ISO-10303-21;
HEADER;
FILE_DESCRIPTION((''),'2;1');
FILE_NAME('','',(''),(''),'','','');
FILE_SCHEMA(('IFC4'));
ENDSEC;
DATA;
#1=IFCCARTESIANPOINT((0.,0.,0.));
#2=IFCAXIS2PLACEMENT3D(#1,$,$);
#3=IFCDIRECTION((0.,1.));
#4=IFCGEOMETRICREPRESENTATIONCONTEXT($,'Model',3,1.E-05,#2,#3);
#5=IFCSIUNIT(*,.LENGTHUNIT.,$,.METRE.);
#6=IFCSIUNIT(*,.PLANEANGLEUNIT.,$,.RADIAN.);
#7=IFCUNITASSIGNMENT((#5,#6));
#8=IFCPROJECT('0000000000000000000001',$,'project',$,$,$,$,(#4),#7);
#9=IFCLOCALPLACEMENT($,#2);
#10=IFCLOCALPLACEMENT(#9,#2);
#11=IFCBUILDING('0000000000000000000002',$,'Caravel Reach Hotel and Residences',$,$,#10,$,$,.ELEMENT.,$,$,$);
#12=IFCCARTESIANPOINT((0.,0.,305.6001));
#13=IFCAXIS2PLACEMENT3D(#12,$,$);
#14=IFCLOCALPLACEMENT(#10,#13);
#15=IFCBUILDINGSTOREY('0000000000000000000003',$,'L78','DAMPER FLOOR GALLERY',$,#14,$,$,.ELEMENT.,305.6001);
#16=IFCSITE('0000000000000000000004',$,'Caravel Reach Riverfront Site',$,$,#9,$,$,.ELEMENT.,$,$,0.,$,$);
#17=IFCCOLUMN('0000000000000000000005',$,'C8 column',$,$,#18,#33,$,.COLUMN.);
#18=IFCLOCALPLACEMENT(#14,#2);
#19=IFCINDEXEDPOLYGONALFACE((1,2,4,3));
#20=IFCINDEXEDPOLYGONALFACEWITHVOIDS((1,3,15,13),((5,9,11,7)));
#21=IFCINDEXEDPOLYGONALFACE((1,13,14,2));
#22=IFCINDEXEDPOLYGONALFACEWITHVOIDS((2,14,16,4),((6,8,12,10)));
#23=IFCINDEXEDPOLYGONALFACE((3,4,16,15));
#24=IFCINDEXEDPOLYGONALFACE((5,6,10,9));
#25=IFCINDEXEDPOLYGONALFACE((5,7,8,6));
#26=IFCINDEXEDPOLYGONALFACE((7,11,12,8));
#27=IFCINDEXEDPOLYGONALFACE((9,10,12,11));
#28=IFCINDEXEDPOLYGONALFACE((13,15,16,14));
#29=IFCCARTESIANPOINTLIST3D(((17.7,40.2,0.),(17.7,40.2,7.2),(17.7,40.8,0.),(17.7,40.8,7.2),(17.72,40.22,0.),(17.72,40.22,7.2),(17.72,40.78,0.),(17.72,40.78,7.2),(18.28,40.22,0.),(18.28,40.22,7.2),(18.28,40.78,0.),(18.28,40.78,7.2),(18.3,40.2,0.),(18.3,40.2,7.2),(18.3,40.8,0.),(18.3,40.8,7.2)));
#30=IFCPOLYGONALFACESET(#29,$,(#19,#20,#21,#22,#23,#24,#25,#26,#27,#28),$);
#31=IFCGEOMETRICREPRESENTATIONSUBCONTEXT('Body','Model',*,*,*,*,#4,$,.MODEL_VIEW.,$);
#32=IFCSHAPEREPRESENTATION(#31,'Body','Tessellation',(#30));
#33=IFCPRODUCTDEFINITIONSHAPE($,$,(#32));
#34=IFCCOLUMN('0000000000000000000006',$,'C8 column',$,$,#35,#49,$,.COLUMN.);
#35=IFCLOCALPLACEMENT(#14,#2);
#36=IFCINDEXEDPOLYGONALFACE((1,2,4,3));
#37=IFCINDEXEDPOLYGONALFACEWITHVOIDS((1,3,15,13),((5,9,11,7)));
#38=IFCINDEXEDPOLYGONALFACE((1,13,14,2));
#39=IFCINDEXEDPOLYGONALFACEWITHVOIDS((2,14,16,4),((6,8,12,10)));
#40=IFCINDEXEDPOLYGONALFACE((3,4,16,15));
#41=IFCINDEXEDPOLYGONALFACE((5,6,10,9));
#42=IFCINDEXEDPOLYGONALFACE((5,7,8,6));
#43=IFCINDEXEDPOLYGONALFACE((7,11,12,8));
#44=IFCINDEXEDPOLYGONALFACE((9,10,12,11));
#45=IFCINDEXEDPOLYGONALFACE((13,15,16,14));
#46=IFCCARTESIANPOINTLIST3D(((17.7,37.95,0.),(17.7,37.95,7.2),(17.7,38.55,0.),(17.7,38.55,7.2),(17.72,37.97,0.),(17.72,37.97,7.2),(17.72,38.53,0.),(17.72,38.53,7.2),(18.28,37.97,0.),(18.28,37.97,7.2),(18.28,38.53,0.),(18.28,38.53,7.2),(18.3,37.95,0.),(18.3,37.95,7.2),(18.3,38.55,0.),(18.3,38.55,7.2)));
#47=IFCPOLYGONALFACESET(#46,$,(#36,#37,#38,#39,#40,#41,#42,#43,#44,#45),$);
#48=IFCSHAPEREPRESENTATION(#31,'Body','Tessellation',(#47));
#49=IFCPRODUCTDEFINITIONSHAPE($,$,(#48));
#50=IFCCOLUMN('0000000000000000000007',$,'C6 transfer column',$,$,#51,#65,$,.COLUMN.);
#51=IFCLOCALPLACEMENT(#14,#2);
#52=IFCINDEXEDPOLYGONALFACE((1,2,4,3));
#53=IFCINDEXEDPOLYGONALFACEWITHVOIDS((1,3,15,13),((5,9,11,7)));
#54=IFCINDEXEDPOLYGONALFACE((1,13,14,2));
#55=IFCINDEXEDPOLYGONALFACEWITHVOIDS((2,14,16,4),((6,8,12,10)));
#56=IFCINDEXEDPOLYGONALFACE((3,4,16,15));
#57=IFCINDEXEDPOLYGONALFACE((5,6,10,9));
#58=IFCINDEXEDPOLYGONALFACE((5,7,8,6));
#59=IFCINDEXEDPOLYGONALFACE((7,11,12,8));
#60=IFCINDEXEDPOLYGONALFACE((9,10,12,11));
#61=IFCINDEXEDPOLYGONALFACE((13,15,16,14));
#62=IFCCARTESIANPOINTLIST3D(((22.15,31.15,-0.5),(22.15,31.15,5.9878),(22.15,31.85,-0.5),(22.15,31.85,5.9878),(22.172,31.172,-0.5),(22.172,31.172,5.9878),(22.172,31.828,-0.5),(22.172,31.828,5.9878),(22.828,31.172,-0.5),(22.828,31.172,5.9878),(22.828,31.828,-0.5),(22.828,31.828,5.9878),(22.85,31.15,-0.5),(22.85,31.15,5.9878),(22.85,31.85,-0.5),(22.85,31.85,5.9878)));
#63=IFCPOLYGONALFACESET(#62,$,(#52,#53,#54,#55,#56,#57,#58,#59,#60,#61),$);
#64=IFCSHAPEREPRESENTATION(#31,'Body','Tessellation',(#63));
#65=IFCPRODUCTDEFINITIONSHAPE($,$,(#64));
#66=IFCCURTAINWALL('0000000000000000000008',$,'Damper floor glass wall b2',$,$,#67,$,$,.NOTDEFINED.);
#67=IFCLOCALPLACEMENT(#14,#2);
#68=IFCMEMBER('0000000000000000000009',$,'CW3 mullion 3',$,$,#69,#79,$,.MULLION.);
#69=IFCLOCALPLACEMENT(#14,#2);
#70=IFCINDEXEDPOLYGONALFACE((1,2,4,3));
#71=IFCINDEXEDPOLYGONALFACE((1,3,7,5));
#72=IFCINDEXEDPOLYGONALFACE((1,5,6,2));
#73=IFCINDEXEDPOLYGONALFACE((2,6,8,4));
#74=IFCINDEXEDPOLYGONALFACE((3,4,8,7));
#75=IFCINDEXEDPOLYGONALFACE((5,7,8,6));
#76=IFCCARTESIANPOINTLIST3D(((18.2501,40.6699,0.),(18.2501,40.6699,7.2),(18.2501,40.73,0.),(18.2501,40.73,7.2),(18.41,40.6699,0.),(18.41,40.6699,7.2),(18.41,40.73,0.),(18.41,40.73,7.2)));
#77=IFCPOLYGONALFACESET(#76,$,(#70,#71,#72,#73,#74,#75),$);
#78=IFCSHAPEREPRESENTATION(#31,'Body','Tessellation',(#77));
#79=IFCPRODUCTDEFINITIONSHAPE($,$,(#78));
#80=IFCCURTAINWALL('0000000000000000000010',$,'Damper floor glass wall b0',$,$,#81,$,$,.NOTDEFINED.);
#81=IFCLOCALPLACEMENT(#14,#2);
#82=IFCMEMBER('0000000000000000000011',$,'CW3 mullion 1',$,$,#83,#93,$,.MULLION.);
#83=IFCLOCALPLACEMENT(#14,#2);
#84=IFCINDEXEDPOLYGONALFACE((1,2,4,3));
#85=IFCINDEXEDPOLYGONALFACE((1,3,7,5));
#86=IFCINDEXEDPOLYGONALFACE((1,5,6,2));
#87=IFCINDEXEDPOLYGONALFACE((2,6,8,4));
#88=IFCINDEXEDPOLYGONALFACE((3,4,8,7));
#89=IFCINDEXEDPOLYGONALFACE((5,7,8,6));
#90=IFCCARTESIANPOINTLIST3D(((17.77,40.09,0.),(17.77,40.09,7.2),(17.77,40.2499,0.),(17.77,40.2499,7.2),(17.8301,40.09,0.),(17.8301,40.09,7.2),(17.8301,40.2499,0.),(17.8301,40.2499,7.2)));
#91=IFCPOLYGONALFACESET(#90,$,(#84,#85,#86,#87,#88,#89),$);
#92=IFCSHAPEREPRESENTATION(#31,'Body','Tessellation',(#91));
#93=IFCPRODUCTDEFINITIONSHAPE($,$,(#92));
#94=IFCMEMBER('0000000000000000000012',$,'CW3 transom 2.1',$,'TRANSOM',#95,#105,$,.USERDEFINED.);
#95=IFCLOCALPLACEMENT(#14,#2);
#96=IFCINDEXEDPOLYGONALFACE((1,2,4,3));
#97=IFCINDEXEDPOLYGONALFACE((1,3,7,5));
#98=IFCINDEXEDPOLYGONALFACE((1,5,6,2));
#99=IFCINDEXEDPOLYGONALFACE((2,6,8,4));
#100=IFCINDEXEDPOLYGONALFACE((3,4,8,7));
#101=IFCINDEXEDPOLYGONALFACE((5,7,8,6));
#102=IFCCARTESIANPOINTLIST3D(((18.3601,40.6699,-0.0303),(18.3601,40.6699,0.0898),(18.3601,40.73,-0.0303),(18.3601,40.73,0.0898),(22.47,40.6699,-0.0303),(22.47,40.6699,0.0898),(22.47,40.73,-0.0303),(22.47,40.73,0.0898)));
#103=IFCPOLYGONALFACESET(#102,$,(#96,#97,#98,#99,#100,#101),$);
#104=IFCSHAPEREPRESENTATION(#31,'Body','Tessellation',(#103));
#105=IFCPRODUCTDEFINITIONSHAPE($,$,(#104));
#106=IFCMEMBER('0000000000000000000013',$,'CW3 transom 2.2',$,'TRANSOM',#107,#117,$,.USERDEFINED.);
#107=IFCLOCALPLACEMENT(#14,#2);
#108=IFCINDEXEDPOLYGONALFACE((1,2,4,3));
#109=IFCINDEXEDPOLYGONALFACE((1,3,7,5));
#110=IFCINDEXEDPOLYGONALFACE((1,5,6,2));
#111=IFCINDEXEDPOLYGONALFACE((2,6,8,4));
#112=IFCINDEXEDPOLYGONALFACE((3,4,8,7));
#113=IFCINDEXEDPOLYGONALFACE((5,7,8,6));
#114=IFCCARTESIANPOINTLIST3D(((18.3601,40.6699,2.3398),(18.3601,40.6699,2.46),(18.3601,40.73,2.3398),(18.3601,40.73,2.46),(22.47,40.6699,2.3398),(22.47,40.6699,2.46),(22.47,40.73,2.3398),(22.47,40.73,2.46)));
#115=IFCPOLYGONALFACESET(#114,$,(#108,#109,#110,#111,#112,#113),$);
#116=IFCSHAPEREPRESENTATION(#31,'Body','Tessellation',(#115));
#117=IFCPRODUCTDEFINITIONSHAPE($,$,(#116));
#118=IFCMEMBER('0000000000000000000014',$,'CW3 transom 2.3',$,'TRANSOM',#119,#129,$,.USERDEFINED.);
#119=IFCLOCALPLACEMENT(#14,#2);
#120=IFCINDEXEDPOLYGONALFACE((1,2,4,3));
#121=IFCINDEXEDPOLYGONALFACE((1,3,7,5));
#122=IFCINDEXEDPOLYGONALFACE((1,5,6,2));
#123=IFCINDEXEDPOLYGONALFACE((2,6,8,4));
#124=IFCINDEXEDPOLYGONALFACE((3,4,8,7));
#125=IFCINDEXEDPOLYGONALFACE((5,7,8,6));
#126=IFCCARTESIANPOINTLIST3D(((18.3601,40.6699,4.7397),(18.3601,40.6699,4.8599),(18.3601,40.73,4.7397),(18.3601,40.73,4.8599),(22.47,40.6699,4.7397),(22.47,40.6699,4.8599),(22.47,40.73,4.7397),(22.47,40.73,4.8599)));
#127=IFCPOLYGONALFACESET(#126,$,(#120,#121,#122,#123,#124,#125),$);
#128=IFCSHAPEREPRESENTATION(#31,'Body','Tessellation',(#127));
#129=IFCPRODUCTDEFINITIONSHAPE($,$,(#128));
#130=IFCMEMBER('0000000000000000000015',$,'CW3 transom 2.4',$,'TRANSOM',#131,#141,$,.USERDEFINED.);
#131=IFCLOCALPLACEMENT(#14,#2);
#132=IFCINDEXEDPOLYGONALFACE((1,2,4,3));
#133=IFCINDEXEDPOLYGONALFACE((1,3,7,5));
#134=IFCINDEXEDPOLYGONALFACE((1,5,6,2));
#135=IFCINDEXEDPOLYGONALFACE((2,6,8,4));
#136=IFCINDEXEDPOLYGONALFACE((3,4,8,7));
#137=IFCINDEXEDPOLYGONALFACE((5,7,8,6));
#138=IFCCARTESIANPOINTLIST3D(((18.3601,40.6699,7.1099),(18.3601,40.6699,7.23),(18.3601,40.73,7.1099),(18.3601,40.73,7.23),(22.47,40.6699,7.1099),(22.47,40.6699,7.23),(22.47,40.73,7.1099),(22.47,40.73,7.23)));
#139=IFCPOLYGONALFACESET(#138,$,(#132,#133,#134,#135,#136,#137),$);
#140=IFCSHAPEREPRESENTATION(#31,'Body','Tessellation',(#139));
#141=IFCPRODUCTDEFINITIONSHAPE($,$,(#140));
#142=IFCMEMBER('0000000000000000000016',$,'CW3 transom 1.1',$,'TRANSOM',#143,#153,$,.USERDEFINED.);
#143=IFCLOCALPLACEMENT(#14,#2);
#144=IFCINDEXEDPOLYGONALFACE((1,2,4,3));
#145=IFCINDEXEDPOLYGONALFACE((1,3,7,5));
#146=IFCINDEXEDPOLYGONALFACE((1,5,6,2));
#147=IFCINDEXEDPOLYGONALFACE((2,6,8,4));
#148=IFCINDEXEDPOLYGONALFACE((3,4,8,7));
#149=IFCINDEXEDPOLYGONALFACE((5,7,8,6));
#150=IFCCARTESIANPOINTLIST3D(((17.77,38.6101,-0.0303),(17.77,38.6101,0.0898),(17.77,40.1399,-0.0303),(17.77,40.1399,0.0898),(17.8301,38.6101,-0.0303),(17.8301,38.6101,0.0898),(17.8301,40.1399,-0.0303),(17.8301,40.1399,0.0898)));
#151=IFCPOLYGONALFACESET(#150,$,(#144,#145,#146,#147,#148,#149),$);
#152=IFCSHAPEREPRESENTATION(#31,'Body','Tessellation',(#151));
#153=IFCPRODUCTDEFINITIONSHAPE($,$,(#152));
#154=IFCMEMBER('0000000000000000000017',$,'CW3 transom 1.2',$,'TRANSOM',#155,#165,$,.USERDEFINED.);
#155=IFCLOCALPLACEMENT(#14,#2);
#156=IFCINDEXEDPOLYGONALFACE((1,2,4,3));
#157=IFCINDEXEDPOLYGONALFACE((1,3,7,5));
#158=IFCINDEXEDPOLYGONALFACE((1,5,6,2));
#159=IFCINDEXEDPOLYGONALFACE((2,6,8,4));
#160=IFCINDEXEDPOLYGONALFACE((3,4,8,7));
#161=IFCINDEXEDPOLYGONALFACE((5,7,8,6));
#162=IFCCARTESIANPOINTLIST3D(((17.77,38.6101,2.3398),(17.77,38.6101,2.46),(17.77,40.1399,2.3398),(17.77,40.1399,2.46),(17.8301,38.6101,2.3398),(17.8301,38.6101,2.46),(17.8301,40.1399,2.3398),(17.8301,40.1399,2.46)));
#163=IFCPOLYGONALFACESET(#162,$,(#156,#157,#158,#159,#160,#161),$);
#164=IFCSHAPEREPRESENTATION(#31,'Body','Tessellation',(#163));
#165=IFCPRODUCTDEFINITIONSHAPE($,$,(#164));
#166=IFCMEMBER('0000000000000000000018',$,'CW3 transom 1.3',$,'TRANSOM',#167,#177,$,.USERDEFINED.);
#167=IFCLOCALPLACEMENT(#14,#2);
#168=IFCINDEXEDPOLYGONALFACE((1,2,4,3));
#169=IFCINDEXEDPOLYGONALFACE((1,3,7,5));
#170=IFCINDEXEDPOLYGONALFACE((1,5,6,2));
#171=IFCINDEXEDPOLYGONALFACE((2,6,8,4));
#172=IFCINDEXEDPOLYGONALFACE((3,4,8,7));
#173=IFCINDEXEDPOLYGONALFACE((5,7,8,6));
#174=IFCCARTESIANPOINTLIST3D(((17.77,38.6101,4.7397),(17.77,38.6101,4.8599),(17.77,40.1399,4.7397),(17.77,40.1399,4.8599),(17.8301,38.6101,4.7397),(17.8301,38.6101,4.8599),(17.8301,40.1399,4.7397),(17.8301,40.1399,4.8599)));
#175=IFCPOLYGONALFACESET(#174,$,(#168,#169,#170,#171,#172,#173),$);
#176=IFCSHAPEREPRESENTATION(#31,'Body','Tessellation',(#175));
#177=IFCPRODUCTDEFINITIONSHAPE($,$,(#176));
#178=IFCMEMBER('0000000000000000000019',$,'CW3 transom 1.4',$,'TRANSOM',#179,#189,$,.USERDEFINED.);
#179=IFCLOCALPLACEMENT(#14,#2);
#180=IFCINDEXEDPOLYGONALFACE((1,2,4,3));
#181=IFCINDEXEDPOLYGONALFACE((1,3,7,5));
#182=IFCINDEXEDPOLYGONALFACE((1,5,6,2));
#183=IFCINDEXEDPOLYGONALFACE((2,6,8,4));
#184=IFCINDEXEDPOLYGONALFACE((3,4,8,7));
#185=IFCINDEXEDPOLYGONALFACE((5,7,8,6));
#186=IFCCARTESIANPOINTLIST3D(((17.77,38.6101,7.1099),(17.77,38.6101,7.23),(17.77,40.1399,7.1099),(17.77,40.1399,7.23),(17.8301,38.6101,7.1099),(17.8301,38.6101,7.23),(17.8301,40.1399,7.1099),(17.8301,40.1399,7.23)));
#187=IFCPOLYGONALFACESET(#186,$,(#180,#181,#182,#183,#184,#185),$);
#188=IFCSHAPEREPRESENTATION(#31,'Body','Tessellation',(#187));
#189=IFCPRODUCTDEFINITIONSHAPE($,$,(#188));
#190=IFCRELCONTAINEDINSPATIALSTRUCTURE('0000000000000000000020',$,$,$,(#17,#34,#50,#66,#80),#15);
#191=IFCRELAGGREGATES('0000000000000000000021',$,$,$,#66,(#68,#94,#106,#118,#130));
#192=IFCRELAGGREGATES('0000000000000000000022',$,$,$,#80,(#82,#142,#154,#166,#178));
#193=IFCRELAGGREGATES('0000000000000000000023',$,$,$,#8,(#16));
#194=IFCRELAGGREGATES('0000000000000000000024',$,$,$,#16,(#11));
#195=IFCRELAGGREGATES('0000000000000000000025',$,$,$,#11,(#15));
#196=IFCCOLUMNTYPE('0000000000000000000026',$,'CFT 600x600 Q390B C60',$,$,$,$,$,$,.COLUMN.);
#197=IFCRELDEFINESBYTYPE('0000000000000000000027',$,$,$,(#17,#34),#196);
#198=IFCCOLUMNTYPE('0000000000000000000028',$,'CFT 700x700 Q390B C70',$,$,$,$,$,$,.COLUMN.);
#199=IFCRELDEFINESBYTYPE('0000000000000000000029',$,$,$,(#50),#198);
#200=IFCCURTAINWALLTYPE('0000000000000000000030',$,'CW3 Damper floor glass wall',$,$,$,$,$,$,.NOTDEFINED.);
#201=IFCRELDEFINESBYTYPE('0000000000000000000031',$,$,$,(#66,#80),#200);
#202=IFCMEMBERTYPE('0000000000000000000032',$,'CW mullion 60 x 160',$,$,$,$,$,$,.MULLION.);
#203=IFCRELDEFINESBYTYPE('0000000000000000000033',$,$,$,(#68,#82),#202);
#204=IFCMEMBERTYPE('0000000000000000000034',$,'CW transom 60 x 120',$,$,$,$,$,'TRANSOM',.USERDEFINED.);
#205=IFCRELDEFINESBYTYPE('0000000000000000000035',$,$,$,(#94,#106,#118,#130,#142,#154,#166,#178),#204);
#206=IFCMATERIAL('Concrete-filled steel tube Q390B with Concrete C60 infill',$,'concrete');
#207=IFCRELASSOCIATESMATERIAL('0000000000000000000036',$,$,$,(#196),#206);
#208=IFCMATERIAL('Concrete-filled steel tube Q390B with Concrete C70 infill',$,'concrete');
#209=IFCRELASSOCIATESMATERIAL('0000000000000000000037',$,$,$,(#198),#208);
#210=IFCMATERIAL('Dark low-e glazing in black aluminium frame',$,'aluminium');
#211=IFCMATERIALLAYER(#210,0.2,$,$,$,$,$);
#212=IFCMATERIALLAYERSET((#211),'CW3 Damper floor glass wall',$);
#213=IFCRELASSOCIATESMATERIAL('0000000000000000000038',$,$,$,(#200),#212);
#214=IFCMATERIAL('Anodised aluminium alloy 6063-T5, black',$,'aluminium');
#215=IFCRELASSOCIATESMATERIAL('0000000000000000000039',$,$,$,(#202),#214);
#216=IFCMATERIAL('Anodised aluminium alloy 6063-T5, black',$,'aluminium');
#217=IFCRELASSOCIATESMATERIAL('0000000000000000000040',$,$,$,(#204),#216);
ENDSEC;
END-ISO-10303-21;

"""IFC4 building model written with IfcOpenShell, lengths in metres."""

from ifc_helpers import new_model, si_unit, direction, frame, origin, origin_2d, place, context, subcontext, project, spatial, rectangle, hollow_rectangle, extrude, material, layer, layer_set, material_profile, profile_set, type_object, element, aggregate, save


model = new_model("IFC4")

# Units and contexts
model_context = context("Model", 3, precision=1e-05, world=origin(), true_north=direction((0.0, 1.0)))
body_context = subcontext(model_context, "Body", "Model", "MODEL_VIEW")
ifc_project = project(units=[si_unit("LENGTHUNIT", "METRE"), si_unit("PLANEANGLEUNIT", "RADIAN")], contexts=[model_context])

# Site, building, storey
site_placement = place(None, origin())
site = spatial("IfcSite", under=ifc_project, at=site_placement, Name="Caravel Reach Riverfront Site", CompositionType="ELEMENT", RefElevation=0.0)
building_placement = place(site_placement, origin())
building = spatial("IfcBuilding", under=site, at=building_placement, Name="Caravel Reach Hotel and Residences", CompositionType="ELEMENT")
storey_placement = place(building_placement, frame((0.0, 0.0, 305.6001)))
storey = spatial("IfcBuildingStorey", under=building, at=storey_placement, Name="L78", Description="DAMPER FLOOR GALLERY", CompositionType="ELEMENT", Elevation=305.6001)

# Columns
ifc_material_1 = material(Name="Concrete-filled steel tube Q390B with Concrete C60 infill", Category="concrete")
ifc_material_profile_1 = material_profile(ifc_material_1, hollow_rectangle(XDim=0.6001, YDim=0.6001, WallThickness=0.02, at=origin_2d()), Name="RHS 600x600x20")
ifc_profile_set_1 = profile_set([ifc_material_profile_1], Name="Concrete-filled steel tube Q390B with Concrete C60 infill")
column_type_1 = type_object("IfcColumnType", Name="CFT 600x600 Q390B C60", PredefinedType="COLUMN", material=ifc_profile_set_1)
for number, where, z_axis, x_axis, name in (
    (1, (18.0, 40.5, 0.0), (0.0, 0.0, 1.0), (1.0, 0.0, 0.0), "C8 column"),
    (2, (18.0, 38.25, 0.0), (0.0, 0.0, 1.0), (1.0, 0.0, 0.0), "C8 column"),
):
    element("IfcColumn", number, at=place(storey_placement, frame(where, z_axis=z_axis, x_axis=x_axis)), inside=storey, type_object=column_type_1, Name=name, PredefinedType="COLUMN", context=body_context, shape_type="SweptSolid", body=[
        extrude(hollow_rectangle(XDim=0.6001, YDim=0.6001, WallThickness=0.02, at=origin_2d()), origin(), (0.0, 0.0, 1.0), 7.2),
    ])
ifc_material_2 = material(Name="Concrete-filled steel tube Q390B with Concrete C70 infill", Category="concrete")
ifc_material_profile_2 = material_profile(ifc_material_2, hollow_rectangle(XDim=0.7, YDim=0.7, WallThickness=0.022, at=origin_2d()), Name="RHS 700x700x22")
ifc_profile_set_2 = profile_set([ifc_material_profile_2], Name="Concrete-filled steel tube Q390B with Concrete C70 infill")
column_type_2 = type_object("IfcColumnType", Name="CFT 700x700 Q390B C70", PredefinedType="COLUMN", material=ifc_profile_set_2)
column_placement = place(storey_placement, frame((22.5, 31.5, -0.5), z_axis=(0.0, 0.0, 1.0), x_axis=(1.0, 0.0, 0.0)))
element("IfcColumn", 3, at=column_placement, inside=storey, type_object=column_type_2, Name="C6 transfer column", PredefinedType="COLUMN", context=body_context, shape_type="SweptSolid", body=[
    extrude(hollow_rectangle(XDim=0.7, YDim=0.7, WallThickness=0.022, at=origin_2d()), origin(), (0.0, 0.0, 1.0), 6.4878),
])

# Curtain walls, members
ifc_material_3 = material(Name="Dark low-e glazing in black aluminium frame", Category="aluminium")
ifc_layer_1 = layer(ifc_material_3, 0.2)
ifc_layer_set_1 = layer_set([ifc_layer_1], Name="CW3 Damper floor glass wall")
curtain_wall_type = type_object("IfcCurtainWallType", Name="CW3 Damper floor glass wall", PredefinedType="NOTDEFINED", material=ifc_layer_set_1)
curtain_wall_1_placement = place(storey_placement, origin())
curtain_wall_1 = element("IfcCurtainWall", 4, at=curtain_wall_1_placement, inside=storey, type_object=curtain_wall_type, Name="Damper floor glass wall b2", PredefinedType="NOTDEFINED")
ifc_material_4 = material(Name="Anodised aluminium alloy 6063-T5, black", Category="aluminium")
ifc_material_profile_3 = material_profile(ifc_material_4, rectangle(XDim=0.0601, YDim=0.1599, at=origin_2d()), Name="CW mullion 60 x 160")
ifc_profile_set_3 = profile_set([ifc_material_profile_3], Name="Anodised aluminium alloy 6063-T5, black")
member_type_1 = type_object("IfcMemberType", Name="CW mullion 60 x 160", PredefinedType="MULLION", material=ifc_profile_set_3)
member_1_placement = place(storey_placement, frame((18.3301, 40.7, 0.0), z_axis=(0.0, 0.0, 1.0), x_axis=(0.0, -1.0, 0.0)))
member_1 = element("IfcMember", 5, at=member_1_placement, type_object=member_type_1, Name="CW3 mullion 3", PredefinedType="MULLION", context=body_context, shape_type="SweptSolid", body=[
    extrude(rectangle(XDim=0.0601, YDim=0.1599, at=origin_2d()), origin(), (0.0, 0.0, 1.0), 7.2),
])
curtain_wall_2_placement = place(storey_placement, origin())
curtain_wall_2 = element("IfcCurtainWall", 6, at=curtain_wall_2_placement, inside=storey, type_object=curtain_wall_type, Name="Damper floor glass wall b0", PredefinedType="NOTDEFINED")
member_2_placement = place(storey_placement, frame((17.8, 40.1699, 0.0), z_axis=(0.0, 0.0, 1.0), x_axis=(1.0, 0.0, 0.0)))
member_2 = element("IfcMember", 7, at=member_2_placement, type_object=member_type_1, Name="CW3 mullion 1", PredefinedType="MULLION", context=body_context, shape_type="SweptSolid", body=[
    extrude(rectangle(XDim=0.0601, YDim=0.1599, at=origin_2d()), origin(), (0.0, 0.0, 1.0), 7.2),
])

# Members
ifc_material_5 = material(Name="Anodised aluminium alloy 6063-T5, black", Category="aluminium")
ifc_material_profile_4 = material_profile(ifc_material_5, rectangle(XDim=0.0601, YDim=0.1201, at=origin_2d()), Name="CW transom 60 x 120")
ifc_profile_set_4 = profile_set([ifc_material_profile_4], Name="Anodised aluminium alloy 6063-T5, black")
member_type_2 = type_object("IfcMemberType", Name="CW transom 60 x 120", ElementType="TRANSOM", PredefinedType="USERDEFINED", material=ifc_profile_set_4)
member_3_placement = place(storey_placement, frame((22.47, 40.7, 0.0298), z_axis=(-1.0, 0.0, 0.0), x_axis=(0.0, -1.0, 0.0)))
member_3 = element("IfcMember", 8, at=member_3_placement, type_object=member_type_2, Name="CW3 transom 2.1", ObjectType="TRANSOM", PredefinedType="USERDEFINED", context=body_context, shape_type="SweptSolid", body=[
    extrude(rectangle(XDim=0.0601, YDim=0.1201, at=origin_2d()), origin(), (0.0, 0.0, 1.0), 4.1099),
])
member_4_placement = place(storey_placement, frame((22.47, 40.7, 2.3999), z_axis=(-1.0, 0.0, 0.0), x_axis=(0.0, -1.0, 0.0)))
member_4 = element("IfcMember", 9, at=member_4_placement, type_object=member_type_2, Name="CW3 transom 2.2", ObjectType="TRANSOM", PredefinedType="USERDEFINED", context=body_context, shape_type="SweptSolid", body=[
    extrude(rectangle(XDim=0.0601, YDim=0.1201, at=origin_2d()), origin(), (0.0, 0.0, 1.0), 4.1099),
])
member_5_placement = place(storey_placement, frame((22.47, 40.7, 4.7998), z_axis=(-1.0, 0.0, 0.0), x_axis=(0.0, -1.0, 0.0)))
member_5 = element("IfcMember", 10, at=member_5_placement, type_object=member_type_2, Name="CW3 transom 2.3", ObjectType="TRANSOM", PredefinedType="USERDEFINED", context=body_context, shape_type="SweptSolid", body=[
    extrude(rectangle(XDim=0.0601, YDim=0.1201, at=origin_2d()), origin(), (0.0, 0.0, 1.0), 4.1099),
])
member_6_placement = place(storey_placement, frame((22.47, 40.7, 7.1699), z_axis=(-1.0, 0.0, 0.0), x_axis=(0.0, -1.0, 0.0)))
member_6 = element("IfcMember", 11, at=member_6_placement, type_object=member_type_2, Name="CW3 transom 2.4", ObjectType="TRANSOM", PredefinedType="USERDEFINED", context=body_context, shape_type="SweptSolid", body=[
    extrude(rectangle(XDim=0.0601, YDim=0.1201, at=origin_2d()), origin(), (0.0, 0.0, 1.0), 4.1099),
])
member_7_placement = place(storey_placement, frame((17.8, 40.1399, 0.0298), z_axis=(0.0, -1.0, 0.0), x_axis=(1.0, 0.0, 0.0)))
member_7 = element("IfcMember", 12, at=member_7_placement, type_object=member_type_2, Name="CW3 transom 1.1", ObjectType="TRANSOM", PredefinedType="USERDEFINED", context=body_context, shape_type="SweptSolid", body=[
    extrude(rectangle(XDim=0.0601, YDim=0.1201, at=origin_2d()), origin(), (0.0, 0.0, 1.0), 1.5298),
])
member_8_placement = place(storey_placement, frame((17.8, 40.1399, 2.3999), z_axis=(0.0, -1.0, 0.0), x_axis=(1.0, 0.0, 0.0)))
member_8 = element("IfcMember", 13, at=member_8_placement, type_object=member_type_2, Name="CW3 transom 1.2", ObjectType="TRANSOM", PredefinedType="USERDEFINED", context=body_context, shape_type="SweptSolid", body=[
    extrude(rectangle(XDim=0.0601, YDim=0.1201, at=origin_2d()), origin(), (0.0, 0.0, 1.0), 1.5298),
])
member_9_placement = place(storey_placement, frame((17.8, 40.1399, 4.7998), z_axis=(0.0, -1.0, 0.0), x_axis=(1.0, 0.0, 0.0)))
member_9 = element("IfcMember", 14, at=member_9_placement, type_object=member_type_2, Name="CW3 transom 1.3", ObjectType="TRANSOM", PredefinedType="USERDEFINED", context=body_context, shape_type="SweptSolid", body=[
    extrude(rectangle(XDim=0.0601, YDim=0.1201, at=origin_2d()), origin(), (0.0, 0.0, 1.0), 1.5298),
])
member_10_placement = place(storey_placement, frame((17.8, 40.1399, 7.1699), z_axis=(0.0, -1.0, 0.0), x_axis=(1.0, 0.0, 0.0)))
member_10 = element("IfcMember", 15, at=member_10_placement, type_object=member_type_2, Name="CW3 transom 1.4", ObjectType="TRANSOM", PredefinedType="USERDEFINED", context=body_context, shape_type="SweptSolid", body=[
    extrude(rectangle(XDim=0.0601, YDim=0.1201, at=origin_2d()), origin(), (0.0, 0.0, 1.0), 1.5298),
])

aggregate(curtain_wall_1, [member_1, member_3, member_4, member_5, member_6])
aggregate(curtain_wall_2, [member_2, member_7, member_8, member_9, member_10])

save(model, "model.ifc")
